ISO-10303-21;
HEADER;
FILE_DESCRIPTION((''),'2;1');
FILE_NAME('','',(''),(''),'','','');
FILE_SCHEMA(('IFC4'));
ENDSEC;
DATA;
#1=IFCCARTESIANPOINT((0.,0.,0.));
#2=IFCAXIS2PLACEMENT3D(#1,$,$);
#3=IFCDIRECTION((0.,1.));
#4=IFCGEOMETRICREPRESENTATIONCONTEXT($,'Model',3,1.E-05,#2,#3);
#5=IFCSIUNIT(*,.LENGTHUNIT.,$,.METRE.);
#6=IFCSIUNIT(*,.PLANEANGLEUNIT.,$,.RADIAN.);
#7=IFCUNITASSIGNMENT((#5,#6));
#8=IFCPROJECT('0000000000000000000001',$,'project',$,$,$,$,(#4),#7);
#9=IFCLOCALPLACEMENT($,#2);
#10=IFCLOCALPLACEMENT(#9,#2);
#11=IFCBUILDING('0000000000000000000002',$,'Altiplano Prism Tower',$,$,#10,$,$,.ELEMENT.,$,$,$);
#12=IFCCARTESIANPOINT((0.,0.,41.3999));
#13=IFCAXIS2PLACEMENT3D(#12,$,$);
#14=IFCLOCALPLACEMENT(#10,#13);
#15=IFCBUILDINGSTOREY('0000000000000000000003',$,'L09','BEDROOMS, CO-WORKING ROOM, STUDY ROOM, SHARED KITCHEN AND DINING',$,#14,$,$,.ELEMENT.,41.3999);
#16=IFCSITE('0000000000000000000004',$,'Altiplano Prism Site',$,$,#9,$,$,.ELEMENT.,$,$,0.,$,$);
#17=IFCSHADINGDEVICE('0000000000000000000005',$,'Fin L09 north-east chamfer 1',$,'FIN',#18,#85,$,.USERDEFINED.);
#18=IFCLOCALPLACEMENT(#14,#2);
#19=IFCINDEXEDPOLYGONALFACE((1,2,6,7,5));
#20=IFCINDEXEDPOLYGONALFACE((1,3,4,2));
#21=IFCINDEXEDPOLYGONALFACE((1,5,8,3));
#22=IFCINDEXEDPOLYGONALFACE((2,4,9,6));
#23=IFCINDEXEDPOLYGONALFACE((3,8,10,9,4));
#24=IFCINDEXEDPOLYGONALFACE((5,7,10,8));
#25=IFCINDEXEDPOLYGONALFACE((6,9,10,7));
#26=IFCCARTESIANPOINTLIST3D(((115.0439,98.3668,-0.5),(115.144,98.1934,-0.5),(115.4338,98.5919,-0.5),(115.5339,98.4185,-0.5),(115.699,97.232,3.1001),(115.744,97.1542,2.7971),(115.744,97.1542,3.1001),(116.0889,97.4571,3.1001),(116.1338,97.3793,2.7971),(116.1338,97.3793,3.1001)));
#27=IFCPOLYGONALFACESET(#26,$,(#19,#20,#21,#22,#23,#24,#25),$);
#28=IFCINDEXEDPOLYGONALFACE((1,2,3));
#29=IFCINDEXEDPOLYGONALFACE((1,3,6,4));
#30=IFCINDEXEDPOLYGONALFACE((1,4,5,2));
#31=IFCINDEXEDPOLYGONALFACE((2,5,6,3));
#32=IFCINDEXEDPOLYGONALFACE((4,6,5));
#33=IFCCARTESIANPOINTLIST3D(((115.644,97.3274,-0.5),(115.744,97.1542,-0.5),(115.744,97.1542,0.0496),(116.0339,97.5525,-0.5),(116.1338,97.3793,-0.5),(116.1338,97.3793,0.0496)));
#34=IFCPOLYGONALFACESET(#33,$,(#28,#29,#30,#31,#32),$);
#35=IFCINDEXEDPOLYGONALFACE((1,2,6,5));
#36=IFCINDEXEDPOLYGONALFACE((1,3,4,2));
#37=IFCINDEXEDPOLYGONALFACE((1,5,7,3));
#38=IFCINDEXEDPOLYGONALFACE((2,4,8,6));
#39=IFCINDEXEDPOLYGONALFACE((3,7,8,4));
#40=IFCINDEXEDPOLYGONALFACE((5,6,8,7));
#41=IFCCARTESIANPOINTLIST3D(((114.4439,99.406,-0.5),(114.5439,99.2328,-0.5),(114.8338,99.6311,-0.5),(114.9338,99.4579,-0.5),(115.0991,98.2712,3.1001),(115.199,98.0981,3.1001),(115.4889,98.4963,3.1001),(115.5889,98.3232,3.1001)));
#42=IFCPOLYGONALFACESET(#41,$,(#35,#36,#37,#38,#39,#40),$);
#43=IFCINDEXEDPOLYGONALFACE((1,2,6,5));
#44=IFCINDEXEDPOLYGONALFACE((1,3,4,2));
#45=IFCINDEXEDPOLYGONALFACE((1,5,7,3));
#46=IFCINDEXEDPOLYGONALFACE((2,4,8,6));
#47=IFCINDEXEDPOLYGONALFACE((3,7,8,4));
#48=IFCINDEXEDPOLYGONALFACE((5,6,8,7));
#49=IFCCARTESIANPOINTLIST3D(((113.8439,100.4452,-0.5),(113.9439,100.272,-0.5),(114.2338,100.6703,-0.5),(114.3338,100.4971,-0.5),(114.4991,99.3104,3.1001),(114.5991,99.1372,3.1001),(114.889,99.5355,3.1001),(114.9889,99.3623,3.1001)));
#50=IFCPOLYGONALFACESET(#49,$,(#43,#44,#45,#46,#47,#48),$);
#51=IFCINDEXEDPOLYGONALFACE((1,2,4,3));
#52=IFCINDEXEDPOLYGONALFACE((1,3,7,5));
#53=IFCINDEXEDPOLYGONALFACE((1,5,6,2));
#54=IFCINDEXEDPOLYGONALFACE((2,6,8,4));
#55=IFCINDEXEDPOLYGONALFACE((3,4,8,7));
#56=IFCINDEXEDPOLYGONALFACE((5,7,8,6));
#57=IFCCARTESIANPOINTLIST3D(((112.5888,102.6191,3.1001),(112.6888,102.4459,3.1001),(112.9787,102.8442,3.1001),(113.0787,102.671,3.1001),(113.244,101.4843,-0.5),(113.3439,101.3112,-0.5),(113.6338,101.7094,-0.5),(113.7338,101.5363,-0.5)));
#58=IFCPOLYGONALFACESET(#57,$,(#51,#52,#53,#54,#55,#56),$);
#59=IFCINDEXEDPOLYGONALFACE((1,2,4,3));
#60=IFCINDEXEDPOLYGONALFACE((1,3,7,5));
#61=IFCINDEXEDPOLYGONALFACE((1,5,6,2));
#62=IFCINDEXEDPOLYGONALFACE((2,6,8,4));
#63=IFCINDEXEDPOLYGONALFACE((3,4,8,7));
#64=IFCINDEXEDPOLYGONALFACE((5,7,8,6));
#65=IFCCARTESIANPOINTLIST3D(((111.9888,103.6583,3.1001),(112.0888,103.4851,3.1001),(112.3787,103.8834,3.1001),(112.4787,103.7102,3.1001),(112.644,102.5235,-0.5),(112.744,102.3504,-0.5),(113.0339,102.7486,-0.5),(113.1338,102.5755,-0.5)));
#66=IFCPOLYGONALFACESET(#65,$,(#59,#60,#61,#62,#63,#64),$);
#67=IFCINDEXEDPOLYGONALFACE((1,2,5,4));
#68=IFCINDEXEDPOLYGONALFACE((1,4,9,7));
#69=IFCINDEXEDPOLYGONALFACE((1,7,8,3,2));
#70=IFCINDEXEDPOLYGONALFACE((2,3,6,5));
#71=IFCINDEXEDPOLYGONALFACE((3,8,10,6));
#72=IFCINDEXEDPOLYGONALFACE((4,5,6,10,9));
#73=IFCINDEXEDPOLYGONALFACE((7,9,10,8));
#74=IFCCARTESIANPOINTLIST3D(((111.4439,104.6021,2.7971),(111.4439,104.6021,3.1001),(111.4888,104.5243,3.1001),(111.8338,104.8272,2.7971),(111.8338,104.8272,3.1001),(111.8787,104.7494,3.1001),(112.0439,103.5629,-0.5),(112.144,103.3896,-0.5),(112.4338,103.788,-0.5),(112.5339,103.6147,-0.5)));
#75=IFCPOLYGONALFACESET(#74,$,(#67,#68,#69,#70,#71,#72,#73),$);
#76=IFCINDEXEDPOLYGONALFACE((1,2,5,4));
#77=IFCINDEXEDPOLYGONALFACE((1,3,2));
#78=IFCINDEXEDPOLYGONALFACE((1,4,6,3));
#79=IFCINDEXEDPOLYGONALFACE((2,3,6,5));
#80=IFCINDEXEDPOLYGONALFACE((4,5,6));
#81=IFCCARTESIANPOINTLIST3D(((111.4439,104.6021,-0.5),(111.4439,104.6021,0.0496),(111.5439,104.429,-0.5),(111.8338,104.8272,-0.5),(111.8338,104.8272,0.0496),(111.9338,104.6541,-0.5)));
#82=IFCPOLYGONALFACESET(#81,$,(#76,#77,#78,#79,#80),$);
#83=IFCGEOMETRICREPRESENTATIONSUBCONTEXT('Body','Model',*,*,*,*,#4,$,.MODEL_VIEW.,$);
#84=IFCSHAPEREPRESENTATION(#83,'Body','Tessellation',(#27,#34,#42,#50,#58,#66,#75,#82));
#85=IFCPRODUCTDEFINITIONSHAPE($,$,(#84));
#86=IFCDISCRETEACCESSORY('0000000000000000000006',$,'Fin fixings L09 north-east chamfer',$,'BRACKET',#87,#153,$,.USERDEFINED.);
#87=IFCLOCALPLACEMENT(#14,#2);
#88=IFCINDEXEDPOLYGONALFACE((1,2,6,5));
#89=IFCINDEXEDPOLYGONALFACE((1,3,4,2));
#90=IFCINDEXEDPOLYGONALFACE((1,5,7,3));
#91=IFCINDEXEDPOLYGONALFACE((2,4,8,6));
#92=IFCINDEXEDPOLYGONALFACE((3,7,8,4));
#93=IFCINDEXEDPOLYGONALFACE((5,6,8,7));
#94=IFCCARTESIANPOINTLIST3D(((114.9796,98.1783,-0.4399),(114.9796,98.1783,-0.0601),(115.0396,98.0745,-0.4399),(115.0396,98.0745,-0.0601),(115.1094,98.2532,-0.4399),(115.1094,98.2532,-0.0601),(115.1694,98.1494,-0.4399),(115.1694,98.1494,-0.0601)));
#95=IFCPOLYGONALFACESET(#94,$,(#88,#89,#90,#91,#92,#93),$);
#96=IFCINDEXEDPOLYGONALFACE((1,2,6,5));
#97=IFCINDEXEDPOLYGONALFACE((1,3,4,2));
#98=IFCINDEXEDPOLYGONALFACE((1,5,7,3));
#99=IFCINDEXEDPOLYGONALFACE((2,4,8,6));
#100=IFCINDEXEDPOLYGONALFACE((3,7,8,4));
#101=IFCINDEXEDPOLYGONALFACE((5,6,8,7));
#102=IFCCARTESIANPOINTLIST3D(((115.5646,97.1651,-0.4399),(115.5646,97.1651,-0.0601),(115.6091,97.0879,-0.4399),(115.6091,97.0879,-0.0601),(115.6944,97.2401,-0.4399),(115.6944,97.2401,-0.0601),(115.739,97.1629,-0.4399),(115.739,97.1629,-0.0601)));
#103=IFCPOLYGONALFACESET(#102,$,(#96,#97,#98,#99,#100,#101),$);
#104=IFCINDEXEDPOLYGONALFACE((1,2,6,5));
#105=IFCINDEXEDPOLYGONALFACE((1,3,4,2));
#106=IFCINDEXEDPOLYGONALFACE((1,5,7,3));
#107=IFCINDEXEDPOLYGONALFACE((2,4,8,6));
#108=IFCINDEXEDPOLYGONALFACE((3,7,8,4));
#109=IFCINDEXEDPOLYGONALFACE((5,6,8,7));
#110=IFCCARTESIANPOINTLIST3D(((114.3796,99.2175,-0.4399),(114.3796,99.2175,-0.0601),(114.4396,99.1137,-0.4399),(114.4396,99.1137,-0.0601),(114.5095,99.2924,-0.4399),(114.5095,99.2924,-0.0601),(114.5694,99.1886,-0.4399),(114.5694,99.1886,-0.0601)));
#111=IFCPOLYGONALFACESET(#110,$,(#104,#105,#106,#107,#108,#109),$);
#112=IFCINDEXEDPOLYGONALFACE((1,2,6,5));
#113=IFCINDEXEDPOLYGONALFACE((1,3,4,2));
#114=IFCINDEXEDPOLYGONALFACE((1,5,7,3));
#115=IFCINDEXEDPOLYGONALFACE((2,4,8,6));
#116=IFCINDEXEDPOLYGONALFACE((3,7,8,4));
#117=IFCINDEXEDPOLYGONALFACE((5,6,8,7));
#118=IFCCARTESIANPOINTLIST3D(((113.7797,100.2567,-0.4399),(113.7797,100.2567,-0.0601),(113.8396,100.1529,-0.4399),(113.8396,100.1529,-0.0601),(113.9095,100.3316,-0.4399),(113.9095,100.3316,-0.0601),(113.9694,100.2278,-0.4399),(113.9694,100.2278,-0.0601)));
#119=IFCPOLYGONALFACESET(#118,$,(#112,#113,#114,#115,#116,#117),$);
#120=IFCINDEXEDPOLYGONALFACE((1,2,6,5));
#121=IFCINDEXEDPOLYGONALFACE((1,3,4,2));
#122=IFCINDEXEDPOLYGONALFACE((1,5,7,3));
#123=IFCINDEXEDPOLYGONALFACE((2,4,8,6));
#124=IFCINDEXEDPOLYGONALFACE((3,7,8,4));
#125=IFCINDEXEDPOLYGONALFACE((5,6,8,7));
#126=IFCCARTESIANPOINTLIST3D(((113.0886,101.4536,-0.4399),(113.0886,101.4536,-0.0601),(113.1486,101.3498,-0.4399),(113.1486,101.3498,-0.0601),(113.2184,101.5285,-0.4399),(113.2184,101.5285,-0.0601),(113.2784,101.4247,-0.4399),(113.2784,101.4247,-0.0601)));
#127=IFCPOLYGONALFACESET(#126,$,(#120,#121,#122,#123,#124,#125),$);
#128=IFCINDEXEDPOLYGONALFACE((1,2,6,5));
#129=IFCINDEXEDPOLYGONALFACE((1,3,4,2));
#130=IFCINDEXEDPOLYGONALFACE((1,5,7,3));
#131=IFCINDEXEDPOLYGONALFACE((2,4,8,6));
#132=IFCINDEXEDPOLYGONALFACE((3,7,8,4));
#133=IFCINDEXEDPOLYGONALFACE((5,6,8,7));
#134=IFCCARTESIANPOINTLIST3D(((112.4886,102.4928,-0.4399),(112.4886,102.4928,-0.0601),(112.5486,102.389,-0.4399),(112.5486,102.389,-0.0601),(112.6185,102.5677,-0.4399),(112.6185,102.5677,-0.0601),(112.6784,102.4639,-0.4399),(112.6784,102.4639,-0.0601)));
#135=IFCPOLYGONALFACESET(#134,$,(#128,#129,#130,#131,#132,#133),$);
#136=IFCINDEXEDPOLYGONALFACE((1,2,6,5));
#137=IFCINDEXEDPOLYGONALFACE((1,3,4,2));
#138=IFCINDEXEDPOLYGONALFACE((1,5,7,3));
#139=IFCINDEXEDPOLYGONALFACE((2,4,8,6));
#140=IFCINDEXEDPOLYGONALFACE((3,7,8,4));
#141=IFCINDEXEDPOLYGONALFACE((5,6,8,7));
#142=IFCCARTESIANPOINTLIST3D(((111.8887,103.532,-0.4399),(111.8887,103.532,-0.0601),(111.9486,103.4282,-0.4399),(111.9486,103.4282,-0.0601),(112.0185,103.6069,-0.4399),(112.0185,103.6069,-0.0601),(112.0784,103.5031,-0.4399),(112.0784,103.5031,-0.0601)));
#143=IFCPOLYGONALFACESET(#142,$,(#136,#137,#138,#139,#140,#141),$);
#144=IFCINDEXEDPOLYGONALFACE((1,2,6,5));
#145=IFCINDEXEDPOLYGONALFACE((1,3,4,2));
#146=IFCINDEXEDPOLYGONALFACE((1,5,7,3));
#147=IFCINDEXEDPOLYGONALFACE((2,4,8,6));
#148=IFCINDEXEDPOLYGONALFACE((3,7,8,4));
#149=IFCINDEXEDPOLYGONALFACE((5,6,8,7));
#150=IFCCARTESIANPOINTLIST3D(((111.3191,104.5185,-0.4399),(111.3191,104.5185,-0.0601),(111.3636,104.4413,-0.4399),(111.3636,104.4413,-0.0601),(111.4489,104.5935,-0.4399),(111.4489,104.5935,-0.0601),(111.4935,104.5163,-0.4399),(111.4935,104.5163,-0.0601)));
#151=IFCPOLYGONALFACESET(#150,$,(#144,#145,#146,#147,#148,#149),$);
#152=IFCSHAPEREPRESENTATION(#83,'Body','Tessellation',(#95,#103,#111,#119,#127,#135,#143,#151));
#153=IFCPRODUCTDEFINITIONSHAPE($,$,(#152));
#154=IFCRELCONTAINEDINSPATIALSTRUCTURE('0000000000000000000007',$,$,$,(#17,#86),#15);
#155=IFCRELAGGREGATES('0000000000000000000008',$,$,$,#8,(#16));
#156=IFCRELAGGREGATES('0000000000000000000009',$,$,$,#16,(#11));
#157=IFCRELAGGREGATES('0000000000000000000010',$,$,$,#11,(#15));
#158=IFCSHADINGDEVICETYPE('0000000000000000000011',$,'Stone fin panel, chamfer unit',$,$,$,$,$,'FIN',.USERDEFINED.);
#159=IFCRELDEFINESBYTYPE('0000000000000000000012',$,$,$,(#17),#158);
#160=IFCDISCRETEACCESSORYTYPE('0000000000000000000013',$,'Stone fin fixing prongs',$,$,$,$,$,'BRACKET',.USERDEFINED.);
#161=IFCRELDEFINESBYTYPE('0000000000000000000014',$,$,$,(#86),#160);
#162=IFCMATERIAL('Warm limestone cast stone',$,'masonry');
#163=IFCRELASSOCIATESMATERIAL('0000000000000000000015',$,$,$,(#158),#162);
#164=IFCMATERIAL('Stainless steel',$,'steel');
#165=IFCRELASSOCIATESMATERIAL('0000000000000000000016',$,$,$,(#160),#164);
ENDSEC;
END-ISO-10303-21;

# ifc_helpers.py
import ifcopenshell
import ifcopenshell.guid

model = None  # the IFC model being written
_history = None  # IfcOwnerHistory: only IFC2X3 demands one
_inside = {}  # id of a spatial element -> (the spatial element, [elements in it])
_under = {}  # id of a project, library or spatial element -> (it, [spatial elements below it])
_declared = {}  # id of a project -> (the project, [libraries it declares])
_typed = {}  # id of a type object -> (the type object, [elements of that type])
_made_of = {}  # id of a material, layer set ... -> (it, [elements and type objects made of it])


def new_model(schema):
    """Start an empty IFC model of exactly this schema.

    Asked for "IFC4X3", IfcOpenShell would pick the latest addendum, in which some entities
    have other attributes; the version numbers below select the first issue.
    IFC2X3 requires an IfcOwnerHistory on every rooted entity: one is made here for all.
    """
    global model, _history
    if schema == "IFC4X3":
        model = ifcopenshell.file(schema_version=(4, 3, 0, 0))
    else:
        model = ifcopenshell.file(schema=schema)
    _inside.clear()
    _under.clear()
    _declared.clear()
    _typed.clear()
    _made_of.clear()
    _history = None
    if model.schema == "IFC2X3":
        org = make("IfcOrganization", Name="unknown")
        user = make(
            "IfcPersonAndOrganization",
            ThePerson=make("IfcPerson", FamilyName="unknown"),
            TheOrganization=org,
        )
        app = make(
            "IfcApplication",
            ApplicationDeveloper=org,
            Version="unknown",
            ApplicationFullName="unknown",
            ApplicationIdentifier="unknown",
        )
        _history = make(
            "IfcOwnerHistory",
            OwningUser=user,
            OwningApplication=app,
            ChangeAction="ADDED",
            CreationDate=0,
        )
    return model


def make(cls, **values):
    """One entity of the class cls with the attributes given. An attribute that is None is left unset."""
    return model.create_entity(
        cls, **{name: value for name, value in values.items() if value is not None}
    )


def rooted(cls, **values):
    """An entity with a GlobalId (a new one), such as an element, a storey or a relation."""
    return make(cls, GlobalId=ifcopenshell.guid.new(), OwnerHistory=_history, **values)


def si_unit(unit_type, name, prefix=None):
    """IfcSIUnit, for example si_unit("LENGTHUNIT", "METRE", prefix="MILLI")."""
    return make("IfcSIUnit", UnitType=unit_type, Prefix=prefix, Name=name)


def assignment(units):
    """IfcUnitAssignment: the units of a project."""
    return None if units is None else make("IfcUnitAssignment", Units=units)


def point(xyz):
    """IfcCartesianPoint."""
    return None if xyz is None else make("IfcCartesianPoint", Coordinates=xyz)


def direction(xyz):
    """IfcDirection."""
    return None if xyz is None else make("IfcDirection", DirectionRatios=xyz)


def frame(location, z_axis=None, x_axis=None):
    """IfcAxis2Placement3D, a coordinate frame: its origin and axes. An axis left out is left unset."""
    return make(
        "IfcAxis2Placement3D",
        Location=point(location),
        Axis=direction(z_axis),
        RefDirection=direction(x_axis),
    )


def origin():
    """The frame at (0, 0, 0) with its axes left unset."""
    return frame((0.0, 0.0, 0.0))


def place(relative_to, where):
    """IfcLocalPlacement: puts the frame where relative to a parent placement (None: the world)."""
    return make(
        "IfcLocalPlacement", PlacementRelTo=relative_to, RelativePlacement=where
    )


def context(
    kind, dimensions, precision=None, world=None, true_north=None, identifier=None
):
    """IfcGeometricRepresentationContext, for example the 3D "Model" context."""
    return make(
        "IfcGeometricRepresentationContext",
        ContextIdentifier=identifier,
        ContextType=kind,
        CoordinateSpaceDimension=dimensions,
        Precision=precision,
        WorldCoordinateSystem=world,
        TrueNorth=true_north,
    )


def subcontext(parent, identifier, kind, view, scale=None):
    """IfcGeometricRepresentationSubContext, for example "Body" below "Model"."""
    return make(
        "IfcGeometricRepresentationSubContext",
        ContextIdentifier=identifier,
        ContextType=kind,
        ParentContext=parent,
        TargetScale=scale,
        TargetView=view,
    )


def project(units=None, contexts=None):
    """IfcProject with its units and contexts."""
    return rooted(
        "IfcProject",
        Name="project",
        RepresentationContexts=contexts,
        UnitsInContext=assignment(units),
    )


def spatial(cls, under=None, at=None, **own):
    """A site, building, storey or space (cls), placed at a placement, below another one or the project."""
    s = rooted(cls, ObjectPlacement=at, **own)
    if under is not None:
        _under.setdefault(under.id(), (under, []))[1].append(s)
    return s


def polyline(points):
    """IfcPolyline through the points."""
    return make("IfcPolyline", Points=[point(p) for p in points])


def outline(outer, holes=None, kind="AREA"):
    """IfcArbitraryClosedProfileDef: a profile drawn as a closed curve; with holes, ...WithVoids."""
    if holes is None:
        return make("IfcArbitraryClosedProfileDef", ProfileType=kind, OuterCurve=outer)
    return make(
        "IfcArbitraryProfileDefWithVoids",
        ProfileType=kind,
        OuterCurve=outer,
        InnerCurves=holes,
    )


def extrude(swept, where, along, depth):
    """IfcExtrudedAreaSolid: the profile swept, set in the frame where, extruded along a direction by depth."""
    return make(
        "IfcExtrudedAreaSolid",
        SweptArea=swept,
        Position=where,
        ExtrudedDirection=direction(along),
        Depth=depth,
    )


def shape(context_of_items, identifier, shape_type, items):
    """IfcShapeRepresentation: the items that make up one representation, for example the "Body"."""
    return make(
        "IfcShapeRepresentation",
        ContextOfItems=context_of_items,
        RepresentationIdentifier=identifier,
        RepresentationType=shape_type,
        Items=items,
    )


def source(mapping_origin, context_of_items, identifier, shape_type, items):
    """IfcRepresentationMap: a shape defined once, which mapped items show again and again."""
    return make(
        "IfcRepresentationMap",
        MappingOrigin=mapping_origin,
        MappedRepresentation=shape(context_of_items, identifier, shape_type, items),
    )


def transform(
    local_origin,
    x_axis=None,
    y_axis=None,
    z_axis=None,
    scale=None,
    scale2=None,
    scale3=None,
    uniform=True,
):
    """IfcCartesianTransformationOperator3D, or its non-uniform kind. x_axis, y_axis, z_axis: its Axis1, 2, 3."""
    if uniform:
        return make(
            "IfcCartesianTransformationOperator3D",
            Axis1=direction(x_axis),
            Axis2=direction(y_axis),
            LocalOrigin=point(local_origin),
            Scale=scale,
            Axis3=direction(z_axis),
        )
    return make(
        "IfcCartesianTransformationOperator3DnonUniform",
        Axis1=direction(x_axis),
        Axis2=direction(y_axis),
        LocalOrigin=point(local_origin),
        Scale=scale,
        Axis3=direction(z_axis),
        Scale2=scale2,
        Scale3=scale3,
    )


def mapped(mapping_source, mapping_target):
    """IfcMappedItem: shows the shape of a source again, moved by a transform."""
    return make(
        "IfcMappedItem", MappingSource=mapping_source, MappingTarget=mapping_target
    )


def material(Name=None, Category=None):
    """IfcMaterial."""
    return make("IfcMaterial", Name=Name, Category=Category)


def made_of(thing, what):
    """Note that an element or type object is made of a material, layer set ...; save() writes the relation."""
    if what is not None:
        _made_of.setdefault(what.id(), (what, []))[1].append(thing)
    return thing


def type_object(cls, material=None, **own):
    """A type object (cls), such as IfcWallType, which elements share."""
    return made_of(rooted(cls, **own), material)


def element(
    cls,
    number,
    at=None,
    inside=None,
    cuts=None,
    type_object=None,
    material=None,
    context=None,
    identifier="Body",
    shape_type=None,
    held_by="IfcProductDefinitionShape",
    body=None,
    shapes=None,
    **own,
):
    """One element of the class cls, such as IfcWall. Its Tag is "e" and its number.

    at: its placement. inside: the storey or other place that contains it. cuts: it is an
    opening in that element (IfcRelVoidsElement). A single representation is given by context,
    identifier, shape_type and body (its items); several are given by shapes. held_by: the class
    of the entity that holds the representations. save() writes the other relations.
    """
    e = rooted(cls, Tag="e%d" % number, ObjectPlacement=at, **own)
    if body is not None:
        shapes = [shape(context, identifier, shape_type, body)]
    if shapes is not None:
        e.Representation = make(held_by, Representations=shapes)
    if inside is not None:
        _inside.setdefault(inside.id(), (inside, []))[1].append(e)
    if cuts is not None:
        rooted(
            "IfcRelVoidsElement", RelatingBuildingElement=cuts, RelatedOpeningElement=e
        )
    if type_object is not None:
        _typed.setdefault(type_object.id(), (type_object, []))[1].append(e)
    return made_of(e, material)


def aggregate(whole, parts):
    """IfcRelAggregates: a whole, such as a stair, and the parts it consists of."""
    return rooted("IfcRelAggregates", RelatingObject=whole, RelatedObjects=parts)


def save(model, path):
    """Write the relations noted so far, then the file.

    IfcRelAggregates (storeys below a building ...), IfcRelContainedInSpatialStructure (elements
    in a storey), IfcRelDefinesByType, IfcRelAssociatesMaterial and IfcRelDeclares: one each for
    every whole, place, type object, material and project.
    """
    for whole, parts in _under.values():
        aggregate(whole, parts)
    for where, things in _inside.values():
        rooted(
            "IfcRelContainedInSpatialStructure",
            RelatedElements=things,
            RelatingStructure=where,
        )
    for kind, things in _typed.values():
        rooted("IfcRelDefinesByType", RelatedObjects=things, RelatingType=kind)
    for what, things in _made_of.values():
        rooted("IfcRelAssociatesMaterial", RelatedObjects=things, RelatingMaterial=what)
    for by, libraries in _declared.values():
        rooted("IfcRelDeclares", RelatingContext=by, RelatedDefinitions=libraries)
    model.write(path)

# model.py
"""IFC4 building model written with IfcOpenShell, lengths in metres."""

from ifc_helpers import new_model, si_unit, direction, frame, origin, place, context, subcontext, project, spatial, polyline, outline, extrude, source, transform, mapped, material, type_object, element, save


model = new_model("IFC4")

# Units and contexts
model_context = context("Model", 3, precision=1e-05, world=origin(), true_north=direction((0.0, 1.0)))
body_context = subcontext(model_context, "Body", "Model", "MODEL_VIEW")
ifc_project = project(units=[si_unit("LENGTHUNIT", "METRE"), si_unit("PLANEANGLEUNIT", "RADIAN")], contexts=[model_context])

# Site, building, storey
site_placement = place(None, origin())
site = spatial("IfcSite", under=ifc_project, at=site_placement, Name="Altiplano Prism Site", CompositionType="ELEMENT", RefElevation=0.0)
building_placement = place(site_placement, origin())
building = spatial("IfcBuilding", under=site, at=building_placement, Name="Altiplano Prism Tower", CompositionType="ELEMENT")
storey_placement = place(building_placement, frame((0.0, 0.0, 41.3999)))
storey = spatial("IfcBuildingStorey", under=building, at=storey_placement, Name="L09", Description="BEDROOMS, CO-WORKING ROOM, STUDY ROOM, SHARED KITCHEN AND DINING", CompositionType="ELEMENT", Elevation=41.3999)

# Shading device
ifc_material_1 = material(Name="Warm limestone cast stone", Category="masonry")
shading_device_type_1 = type_object("IfcShadingDeviceType", Name="Stone fin panel, chamfer unit", ElementType="FIN", PredefinedType="USERDEFINED", material=ifc_material_1)
shared_shape_1 = source(origin(), body_context, "Body", "SweptSolid", [
    extrude(outline(polyline([(-4.3, 3.6001), (-4.3, 3.2971), (-3.1001, 0.0), (-2.8999, 0.0), (-4.2102, 3.6001), (-4.3, 3.6001)])), frame((0.0, -0.1499, 0.0), z_axis=(0.0, -1.0, 0.0), x_axis=(1.0, 0.0, 0.0)), (0.0, 0.0, 1.0), 0.4502),
    extrude(outline(polyline([(-4.3, 0.5496), (-4.3, 0.0), (-4.1001, 0.0), (-4.3, 0.5496)])), frame((0.0, -0.1499, 0.0), z_axis=(0.0, -1.0, 0.0), x_axis=(1.0, 0.0, 0.0)), (0.0, 0.0, 1.0), 0.4502),
    extrude(outline(polyline([(-3.2102, 3.6001), (-1.8999, 0.0), (-1.7, 0.0), (-3.0103, 3.6001), (-3.2102, 3.6001)])), frame((0.0, -0.1499, 0.0), z_axis=(0.0, -1.0, 0.0), x_axis=(1.0, 0.0, 0.0)), (0.0, 0.0, 1.0), 0.4502),
    extrude(outline(polyline([(-2.0103, 3.6001), (-0.7, 0.0), (-0.5, 0.0), (-1.8103, 3.6001), (-2.0103, 3.6001)])), frame((0.0, -0.1499, 0.0), z_axis=(0.0, -1.0, 0.0), x_axis=(1.0, 0.0, 0.0)), (0.0, 0.0, 1.0), 0.4502),
    extrude(outline(polyline([(1.8103, 3.6001), (0.5, 0.0), (0.7, 0.0), (2.0103, 3.6001), (1.8103, 3.6001)])), frame((0.0, -0.1499, 0.0), z_axis=(0.0, -1.0, 0.0), x_axis=(1.0, 0.0, 0.0)), (0.0, 0.0, 1.0), 0.4502),
    extrude(outline(polyline([(3.0103, 3.6001), (1.7, 0.0), (1.8999, 0.0), (3.2102, 3.6001), (3.0103, 3.6001)])), frame((0.0, -0.1499, 0.0), z_axis=(0.0, -1.0, 0.0), x_axis=(1.0, 0.0, 0.0)), (0.0, 0.0, 1.0), 0.4502),
    extrude(outline(polyline([(4.2102, 3.6001), (2.8999, 0.0), (3.1001, 0.0), (4.3, 3.2971), (4.3, 3.6001), (4.2102, 3.6001)])), frame((0.0, -0.1499, 0.0), z_axis=(0.0, -1.0, 0.0), x_axis=(1.0, 0.0, 0.0)), (0.0, 0.0, 1.0), 0.4502),
    extrude(outline(polyline([(4.3, 0.0), (4.3, 0.5496), (4.1001, 0.0), (4.3, 0.0)])), frame((0.0, -0.1499, 0.0), z_axis=(0.0, -1.0, 0.0), x_axis=(1.0, 0.0, 0.0)), (0.0, 0.0, 1.0), 0.4502),
])
shading_device_1_placement = place(storey_placement, origin())
element("IfcShadingDevice", 1, at=shading_device_1_placement, inside=storey, type_object=shading_device_type_1, Name="Fin L09 north-east chamfer 1", ObjectType="FIN", PredefinedType="USERDEFINED", context=body_context, shape_type="MappedRepresentation", body=[
    mapped(shared_shape_1, transform((113.4641, 100.8032, -0.5), x_axis=(-0.5, 0.866025, 0.0), y_axis=(-0.866025, -0.5, 0.0), z_axis=(0.0, 0.0, 1.0))),
])

# Discrete accessory
ifc_material_2 = material(Name="Stainless steel", Category="steel")
discrete_accessory_type = type_object("IfcDiscreteAccessoryType", Name="Stone fin fixing prongs", ElementType="BRACKET", PredefinedType="USERDEFINED", material=ifc_material_2)
shared_shape_2 = source(origin(), body_context, "Body", "SweptSolid", [
    extrude(outline(polyline([(-3.1509, 0.0601), (-3.031, 0.0601), (-3.031, 0.4399), (-3.1509, 0.4399), (-3.1509, 0.0601)])), frame((0.0, 0.0, 0.0), z_axis=(0.0, -1.0, 0.0), x_axis=(1.0, 0.0, 0.0)), (0.0, 0.0, 1.0), 0.1499),
    extrude(outline(polyline([(-4.29, 0.0601), (-4.2009, 0.0601), (-4.2009, 0.4399), (-4.29, 0.4399), (-4.29, 0.0601)])), frame((0.0, 0.0, 0.0), z_axis=(0.0, -1.0, 0.0), x_axis=(1.0, 0.0, 0.0)), (0.0, 0.0, 1.0), 0.1499),
    extrude(outline(polyline([(-1.9509, 0.0601), (-1.8311, 0.0601), (-1.8311, 0.4399), (-1.9509, 0.4399), (-1.9509, 0.0601)])), frame((0.0, 0.0, 0.0), z_axis=(0.0, -1.0, 0.0), x_axis=(1.0, 0.0, 0.0)), (0.0, 0.0, 1.0), 0.1499),
    extrude(outline(polyline([(-0.751, 0.0601), (-0.6311, 0.0601), (-0.6311, 0.4399), (-0.751, 0.4399), (-0.751, 0.0601)])), frame((0.0, 0.0, 0.0), z_axis=(0.0, -1.0, 0.0), x_axis=(1.0, 0.0, 0.0)), (0.0, 0.0, 1.0), 0.1499),
    extrude(outline(polyline([(0.6311, 0.0601), (0.751, 0.0601), (0.751, 0.4399), (0.6311, 0.4399), (0.6311, 0.0601)])), frame((0.0, 0.0, 0.0), z_axis=(0.0, -1.0, 0.0), x_axis=(1.0, 0.0, 0.0)), (0.0, 0.0, 1.0), 0.1499),
    extrude(outline(polyline([(1.8311, 0.0601), (1.9509, 0.0601), (1.9509, 0.4399), (1.8311, 0.4399), (1.8311, 0.0601)])), frame((0.0, 0.0, 0.0), z_axis=(0.0, -1.0, 0.0), x_axis=(1.0, 0.0, 0.0)), (0.0, 0.0, 1.0), 0.1499),
    extrude(outline(polyline([(3.031, 0.0601), (3.1509, 0.0601), (3.1509, 0.4399), (3.031, 0.4399), (3.031, 0.0601)])), frame((0.0, 0.0, 0.0), z_axis=(0.0, -1.0, 0.0), x_axis=(1.0, 0.0, 0.0)), (0.0, 0.0, 1.0), 0.1499),
    extrude(outline(polyline([(4.2009, 0.0601), (4.29, 0.0601), (4.29, 0.4399), (4.2009, 0.4399), (4.2009, 0.0601)])), frame((0.0, 0.0, 0.0), z_axis=(0.0, -1.0, 0.0), x_axis=(1.0, 0.0, 0.0)), (0.0, 0.0, 1.0), 0.1499),
])
discrete_accessory_1_placement = place(storey_placement, origin())
element("IfcDiscreteAccessory", 2, at=discrete_accessory_1_placement, inside=storey, type_object=discrete_accessory_type, Name="Fin fixings L09 north-east chamfer", ObjectType="BRACKET", PredefinedType="USERDEFINED", context=body_context, shape_type="MappedRepresentation", body=[
    mapped(shared_shape_2, transform((113.4641, 100.8032, -0.5), x_axis=(-0.5, 0.866025, 0.0), y_axis=(-0.866025, -0.5, 0.0), z_axis=(0.0, 0.0, 1.0))),
])

save(model, "model.ifc")
